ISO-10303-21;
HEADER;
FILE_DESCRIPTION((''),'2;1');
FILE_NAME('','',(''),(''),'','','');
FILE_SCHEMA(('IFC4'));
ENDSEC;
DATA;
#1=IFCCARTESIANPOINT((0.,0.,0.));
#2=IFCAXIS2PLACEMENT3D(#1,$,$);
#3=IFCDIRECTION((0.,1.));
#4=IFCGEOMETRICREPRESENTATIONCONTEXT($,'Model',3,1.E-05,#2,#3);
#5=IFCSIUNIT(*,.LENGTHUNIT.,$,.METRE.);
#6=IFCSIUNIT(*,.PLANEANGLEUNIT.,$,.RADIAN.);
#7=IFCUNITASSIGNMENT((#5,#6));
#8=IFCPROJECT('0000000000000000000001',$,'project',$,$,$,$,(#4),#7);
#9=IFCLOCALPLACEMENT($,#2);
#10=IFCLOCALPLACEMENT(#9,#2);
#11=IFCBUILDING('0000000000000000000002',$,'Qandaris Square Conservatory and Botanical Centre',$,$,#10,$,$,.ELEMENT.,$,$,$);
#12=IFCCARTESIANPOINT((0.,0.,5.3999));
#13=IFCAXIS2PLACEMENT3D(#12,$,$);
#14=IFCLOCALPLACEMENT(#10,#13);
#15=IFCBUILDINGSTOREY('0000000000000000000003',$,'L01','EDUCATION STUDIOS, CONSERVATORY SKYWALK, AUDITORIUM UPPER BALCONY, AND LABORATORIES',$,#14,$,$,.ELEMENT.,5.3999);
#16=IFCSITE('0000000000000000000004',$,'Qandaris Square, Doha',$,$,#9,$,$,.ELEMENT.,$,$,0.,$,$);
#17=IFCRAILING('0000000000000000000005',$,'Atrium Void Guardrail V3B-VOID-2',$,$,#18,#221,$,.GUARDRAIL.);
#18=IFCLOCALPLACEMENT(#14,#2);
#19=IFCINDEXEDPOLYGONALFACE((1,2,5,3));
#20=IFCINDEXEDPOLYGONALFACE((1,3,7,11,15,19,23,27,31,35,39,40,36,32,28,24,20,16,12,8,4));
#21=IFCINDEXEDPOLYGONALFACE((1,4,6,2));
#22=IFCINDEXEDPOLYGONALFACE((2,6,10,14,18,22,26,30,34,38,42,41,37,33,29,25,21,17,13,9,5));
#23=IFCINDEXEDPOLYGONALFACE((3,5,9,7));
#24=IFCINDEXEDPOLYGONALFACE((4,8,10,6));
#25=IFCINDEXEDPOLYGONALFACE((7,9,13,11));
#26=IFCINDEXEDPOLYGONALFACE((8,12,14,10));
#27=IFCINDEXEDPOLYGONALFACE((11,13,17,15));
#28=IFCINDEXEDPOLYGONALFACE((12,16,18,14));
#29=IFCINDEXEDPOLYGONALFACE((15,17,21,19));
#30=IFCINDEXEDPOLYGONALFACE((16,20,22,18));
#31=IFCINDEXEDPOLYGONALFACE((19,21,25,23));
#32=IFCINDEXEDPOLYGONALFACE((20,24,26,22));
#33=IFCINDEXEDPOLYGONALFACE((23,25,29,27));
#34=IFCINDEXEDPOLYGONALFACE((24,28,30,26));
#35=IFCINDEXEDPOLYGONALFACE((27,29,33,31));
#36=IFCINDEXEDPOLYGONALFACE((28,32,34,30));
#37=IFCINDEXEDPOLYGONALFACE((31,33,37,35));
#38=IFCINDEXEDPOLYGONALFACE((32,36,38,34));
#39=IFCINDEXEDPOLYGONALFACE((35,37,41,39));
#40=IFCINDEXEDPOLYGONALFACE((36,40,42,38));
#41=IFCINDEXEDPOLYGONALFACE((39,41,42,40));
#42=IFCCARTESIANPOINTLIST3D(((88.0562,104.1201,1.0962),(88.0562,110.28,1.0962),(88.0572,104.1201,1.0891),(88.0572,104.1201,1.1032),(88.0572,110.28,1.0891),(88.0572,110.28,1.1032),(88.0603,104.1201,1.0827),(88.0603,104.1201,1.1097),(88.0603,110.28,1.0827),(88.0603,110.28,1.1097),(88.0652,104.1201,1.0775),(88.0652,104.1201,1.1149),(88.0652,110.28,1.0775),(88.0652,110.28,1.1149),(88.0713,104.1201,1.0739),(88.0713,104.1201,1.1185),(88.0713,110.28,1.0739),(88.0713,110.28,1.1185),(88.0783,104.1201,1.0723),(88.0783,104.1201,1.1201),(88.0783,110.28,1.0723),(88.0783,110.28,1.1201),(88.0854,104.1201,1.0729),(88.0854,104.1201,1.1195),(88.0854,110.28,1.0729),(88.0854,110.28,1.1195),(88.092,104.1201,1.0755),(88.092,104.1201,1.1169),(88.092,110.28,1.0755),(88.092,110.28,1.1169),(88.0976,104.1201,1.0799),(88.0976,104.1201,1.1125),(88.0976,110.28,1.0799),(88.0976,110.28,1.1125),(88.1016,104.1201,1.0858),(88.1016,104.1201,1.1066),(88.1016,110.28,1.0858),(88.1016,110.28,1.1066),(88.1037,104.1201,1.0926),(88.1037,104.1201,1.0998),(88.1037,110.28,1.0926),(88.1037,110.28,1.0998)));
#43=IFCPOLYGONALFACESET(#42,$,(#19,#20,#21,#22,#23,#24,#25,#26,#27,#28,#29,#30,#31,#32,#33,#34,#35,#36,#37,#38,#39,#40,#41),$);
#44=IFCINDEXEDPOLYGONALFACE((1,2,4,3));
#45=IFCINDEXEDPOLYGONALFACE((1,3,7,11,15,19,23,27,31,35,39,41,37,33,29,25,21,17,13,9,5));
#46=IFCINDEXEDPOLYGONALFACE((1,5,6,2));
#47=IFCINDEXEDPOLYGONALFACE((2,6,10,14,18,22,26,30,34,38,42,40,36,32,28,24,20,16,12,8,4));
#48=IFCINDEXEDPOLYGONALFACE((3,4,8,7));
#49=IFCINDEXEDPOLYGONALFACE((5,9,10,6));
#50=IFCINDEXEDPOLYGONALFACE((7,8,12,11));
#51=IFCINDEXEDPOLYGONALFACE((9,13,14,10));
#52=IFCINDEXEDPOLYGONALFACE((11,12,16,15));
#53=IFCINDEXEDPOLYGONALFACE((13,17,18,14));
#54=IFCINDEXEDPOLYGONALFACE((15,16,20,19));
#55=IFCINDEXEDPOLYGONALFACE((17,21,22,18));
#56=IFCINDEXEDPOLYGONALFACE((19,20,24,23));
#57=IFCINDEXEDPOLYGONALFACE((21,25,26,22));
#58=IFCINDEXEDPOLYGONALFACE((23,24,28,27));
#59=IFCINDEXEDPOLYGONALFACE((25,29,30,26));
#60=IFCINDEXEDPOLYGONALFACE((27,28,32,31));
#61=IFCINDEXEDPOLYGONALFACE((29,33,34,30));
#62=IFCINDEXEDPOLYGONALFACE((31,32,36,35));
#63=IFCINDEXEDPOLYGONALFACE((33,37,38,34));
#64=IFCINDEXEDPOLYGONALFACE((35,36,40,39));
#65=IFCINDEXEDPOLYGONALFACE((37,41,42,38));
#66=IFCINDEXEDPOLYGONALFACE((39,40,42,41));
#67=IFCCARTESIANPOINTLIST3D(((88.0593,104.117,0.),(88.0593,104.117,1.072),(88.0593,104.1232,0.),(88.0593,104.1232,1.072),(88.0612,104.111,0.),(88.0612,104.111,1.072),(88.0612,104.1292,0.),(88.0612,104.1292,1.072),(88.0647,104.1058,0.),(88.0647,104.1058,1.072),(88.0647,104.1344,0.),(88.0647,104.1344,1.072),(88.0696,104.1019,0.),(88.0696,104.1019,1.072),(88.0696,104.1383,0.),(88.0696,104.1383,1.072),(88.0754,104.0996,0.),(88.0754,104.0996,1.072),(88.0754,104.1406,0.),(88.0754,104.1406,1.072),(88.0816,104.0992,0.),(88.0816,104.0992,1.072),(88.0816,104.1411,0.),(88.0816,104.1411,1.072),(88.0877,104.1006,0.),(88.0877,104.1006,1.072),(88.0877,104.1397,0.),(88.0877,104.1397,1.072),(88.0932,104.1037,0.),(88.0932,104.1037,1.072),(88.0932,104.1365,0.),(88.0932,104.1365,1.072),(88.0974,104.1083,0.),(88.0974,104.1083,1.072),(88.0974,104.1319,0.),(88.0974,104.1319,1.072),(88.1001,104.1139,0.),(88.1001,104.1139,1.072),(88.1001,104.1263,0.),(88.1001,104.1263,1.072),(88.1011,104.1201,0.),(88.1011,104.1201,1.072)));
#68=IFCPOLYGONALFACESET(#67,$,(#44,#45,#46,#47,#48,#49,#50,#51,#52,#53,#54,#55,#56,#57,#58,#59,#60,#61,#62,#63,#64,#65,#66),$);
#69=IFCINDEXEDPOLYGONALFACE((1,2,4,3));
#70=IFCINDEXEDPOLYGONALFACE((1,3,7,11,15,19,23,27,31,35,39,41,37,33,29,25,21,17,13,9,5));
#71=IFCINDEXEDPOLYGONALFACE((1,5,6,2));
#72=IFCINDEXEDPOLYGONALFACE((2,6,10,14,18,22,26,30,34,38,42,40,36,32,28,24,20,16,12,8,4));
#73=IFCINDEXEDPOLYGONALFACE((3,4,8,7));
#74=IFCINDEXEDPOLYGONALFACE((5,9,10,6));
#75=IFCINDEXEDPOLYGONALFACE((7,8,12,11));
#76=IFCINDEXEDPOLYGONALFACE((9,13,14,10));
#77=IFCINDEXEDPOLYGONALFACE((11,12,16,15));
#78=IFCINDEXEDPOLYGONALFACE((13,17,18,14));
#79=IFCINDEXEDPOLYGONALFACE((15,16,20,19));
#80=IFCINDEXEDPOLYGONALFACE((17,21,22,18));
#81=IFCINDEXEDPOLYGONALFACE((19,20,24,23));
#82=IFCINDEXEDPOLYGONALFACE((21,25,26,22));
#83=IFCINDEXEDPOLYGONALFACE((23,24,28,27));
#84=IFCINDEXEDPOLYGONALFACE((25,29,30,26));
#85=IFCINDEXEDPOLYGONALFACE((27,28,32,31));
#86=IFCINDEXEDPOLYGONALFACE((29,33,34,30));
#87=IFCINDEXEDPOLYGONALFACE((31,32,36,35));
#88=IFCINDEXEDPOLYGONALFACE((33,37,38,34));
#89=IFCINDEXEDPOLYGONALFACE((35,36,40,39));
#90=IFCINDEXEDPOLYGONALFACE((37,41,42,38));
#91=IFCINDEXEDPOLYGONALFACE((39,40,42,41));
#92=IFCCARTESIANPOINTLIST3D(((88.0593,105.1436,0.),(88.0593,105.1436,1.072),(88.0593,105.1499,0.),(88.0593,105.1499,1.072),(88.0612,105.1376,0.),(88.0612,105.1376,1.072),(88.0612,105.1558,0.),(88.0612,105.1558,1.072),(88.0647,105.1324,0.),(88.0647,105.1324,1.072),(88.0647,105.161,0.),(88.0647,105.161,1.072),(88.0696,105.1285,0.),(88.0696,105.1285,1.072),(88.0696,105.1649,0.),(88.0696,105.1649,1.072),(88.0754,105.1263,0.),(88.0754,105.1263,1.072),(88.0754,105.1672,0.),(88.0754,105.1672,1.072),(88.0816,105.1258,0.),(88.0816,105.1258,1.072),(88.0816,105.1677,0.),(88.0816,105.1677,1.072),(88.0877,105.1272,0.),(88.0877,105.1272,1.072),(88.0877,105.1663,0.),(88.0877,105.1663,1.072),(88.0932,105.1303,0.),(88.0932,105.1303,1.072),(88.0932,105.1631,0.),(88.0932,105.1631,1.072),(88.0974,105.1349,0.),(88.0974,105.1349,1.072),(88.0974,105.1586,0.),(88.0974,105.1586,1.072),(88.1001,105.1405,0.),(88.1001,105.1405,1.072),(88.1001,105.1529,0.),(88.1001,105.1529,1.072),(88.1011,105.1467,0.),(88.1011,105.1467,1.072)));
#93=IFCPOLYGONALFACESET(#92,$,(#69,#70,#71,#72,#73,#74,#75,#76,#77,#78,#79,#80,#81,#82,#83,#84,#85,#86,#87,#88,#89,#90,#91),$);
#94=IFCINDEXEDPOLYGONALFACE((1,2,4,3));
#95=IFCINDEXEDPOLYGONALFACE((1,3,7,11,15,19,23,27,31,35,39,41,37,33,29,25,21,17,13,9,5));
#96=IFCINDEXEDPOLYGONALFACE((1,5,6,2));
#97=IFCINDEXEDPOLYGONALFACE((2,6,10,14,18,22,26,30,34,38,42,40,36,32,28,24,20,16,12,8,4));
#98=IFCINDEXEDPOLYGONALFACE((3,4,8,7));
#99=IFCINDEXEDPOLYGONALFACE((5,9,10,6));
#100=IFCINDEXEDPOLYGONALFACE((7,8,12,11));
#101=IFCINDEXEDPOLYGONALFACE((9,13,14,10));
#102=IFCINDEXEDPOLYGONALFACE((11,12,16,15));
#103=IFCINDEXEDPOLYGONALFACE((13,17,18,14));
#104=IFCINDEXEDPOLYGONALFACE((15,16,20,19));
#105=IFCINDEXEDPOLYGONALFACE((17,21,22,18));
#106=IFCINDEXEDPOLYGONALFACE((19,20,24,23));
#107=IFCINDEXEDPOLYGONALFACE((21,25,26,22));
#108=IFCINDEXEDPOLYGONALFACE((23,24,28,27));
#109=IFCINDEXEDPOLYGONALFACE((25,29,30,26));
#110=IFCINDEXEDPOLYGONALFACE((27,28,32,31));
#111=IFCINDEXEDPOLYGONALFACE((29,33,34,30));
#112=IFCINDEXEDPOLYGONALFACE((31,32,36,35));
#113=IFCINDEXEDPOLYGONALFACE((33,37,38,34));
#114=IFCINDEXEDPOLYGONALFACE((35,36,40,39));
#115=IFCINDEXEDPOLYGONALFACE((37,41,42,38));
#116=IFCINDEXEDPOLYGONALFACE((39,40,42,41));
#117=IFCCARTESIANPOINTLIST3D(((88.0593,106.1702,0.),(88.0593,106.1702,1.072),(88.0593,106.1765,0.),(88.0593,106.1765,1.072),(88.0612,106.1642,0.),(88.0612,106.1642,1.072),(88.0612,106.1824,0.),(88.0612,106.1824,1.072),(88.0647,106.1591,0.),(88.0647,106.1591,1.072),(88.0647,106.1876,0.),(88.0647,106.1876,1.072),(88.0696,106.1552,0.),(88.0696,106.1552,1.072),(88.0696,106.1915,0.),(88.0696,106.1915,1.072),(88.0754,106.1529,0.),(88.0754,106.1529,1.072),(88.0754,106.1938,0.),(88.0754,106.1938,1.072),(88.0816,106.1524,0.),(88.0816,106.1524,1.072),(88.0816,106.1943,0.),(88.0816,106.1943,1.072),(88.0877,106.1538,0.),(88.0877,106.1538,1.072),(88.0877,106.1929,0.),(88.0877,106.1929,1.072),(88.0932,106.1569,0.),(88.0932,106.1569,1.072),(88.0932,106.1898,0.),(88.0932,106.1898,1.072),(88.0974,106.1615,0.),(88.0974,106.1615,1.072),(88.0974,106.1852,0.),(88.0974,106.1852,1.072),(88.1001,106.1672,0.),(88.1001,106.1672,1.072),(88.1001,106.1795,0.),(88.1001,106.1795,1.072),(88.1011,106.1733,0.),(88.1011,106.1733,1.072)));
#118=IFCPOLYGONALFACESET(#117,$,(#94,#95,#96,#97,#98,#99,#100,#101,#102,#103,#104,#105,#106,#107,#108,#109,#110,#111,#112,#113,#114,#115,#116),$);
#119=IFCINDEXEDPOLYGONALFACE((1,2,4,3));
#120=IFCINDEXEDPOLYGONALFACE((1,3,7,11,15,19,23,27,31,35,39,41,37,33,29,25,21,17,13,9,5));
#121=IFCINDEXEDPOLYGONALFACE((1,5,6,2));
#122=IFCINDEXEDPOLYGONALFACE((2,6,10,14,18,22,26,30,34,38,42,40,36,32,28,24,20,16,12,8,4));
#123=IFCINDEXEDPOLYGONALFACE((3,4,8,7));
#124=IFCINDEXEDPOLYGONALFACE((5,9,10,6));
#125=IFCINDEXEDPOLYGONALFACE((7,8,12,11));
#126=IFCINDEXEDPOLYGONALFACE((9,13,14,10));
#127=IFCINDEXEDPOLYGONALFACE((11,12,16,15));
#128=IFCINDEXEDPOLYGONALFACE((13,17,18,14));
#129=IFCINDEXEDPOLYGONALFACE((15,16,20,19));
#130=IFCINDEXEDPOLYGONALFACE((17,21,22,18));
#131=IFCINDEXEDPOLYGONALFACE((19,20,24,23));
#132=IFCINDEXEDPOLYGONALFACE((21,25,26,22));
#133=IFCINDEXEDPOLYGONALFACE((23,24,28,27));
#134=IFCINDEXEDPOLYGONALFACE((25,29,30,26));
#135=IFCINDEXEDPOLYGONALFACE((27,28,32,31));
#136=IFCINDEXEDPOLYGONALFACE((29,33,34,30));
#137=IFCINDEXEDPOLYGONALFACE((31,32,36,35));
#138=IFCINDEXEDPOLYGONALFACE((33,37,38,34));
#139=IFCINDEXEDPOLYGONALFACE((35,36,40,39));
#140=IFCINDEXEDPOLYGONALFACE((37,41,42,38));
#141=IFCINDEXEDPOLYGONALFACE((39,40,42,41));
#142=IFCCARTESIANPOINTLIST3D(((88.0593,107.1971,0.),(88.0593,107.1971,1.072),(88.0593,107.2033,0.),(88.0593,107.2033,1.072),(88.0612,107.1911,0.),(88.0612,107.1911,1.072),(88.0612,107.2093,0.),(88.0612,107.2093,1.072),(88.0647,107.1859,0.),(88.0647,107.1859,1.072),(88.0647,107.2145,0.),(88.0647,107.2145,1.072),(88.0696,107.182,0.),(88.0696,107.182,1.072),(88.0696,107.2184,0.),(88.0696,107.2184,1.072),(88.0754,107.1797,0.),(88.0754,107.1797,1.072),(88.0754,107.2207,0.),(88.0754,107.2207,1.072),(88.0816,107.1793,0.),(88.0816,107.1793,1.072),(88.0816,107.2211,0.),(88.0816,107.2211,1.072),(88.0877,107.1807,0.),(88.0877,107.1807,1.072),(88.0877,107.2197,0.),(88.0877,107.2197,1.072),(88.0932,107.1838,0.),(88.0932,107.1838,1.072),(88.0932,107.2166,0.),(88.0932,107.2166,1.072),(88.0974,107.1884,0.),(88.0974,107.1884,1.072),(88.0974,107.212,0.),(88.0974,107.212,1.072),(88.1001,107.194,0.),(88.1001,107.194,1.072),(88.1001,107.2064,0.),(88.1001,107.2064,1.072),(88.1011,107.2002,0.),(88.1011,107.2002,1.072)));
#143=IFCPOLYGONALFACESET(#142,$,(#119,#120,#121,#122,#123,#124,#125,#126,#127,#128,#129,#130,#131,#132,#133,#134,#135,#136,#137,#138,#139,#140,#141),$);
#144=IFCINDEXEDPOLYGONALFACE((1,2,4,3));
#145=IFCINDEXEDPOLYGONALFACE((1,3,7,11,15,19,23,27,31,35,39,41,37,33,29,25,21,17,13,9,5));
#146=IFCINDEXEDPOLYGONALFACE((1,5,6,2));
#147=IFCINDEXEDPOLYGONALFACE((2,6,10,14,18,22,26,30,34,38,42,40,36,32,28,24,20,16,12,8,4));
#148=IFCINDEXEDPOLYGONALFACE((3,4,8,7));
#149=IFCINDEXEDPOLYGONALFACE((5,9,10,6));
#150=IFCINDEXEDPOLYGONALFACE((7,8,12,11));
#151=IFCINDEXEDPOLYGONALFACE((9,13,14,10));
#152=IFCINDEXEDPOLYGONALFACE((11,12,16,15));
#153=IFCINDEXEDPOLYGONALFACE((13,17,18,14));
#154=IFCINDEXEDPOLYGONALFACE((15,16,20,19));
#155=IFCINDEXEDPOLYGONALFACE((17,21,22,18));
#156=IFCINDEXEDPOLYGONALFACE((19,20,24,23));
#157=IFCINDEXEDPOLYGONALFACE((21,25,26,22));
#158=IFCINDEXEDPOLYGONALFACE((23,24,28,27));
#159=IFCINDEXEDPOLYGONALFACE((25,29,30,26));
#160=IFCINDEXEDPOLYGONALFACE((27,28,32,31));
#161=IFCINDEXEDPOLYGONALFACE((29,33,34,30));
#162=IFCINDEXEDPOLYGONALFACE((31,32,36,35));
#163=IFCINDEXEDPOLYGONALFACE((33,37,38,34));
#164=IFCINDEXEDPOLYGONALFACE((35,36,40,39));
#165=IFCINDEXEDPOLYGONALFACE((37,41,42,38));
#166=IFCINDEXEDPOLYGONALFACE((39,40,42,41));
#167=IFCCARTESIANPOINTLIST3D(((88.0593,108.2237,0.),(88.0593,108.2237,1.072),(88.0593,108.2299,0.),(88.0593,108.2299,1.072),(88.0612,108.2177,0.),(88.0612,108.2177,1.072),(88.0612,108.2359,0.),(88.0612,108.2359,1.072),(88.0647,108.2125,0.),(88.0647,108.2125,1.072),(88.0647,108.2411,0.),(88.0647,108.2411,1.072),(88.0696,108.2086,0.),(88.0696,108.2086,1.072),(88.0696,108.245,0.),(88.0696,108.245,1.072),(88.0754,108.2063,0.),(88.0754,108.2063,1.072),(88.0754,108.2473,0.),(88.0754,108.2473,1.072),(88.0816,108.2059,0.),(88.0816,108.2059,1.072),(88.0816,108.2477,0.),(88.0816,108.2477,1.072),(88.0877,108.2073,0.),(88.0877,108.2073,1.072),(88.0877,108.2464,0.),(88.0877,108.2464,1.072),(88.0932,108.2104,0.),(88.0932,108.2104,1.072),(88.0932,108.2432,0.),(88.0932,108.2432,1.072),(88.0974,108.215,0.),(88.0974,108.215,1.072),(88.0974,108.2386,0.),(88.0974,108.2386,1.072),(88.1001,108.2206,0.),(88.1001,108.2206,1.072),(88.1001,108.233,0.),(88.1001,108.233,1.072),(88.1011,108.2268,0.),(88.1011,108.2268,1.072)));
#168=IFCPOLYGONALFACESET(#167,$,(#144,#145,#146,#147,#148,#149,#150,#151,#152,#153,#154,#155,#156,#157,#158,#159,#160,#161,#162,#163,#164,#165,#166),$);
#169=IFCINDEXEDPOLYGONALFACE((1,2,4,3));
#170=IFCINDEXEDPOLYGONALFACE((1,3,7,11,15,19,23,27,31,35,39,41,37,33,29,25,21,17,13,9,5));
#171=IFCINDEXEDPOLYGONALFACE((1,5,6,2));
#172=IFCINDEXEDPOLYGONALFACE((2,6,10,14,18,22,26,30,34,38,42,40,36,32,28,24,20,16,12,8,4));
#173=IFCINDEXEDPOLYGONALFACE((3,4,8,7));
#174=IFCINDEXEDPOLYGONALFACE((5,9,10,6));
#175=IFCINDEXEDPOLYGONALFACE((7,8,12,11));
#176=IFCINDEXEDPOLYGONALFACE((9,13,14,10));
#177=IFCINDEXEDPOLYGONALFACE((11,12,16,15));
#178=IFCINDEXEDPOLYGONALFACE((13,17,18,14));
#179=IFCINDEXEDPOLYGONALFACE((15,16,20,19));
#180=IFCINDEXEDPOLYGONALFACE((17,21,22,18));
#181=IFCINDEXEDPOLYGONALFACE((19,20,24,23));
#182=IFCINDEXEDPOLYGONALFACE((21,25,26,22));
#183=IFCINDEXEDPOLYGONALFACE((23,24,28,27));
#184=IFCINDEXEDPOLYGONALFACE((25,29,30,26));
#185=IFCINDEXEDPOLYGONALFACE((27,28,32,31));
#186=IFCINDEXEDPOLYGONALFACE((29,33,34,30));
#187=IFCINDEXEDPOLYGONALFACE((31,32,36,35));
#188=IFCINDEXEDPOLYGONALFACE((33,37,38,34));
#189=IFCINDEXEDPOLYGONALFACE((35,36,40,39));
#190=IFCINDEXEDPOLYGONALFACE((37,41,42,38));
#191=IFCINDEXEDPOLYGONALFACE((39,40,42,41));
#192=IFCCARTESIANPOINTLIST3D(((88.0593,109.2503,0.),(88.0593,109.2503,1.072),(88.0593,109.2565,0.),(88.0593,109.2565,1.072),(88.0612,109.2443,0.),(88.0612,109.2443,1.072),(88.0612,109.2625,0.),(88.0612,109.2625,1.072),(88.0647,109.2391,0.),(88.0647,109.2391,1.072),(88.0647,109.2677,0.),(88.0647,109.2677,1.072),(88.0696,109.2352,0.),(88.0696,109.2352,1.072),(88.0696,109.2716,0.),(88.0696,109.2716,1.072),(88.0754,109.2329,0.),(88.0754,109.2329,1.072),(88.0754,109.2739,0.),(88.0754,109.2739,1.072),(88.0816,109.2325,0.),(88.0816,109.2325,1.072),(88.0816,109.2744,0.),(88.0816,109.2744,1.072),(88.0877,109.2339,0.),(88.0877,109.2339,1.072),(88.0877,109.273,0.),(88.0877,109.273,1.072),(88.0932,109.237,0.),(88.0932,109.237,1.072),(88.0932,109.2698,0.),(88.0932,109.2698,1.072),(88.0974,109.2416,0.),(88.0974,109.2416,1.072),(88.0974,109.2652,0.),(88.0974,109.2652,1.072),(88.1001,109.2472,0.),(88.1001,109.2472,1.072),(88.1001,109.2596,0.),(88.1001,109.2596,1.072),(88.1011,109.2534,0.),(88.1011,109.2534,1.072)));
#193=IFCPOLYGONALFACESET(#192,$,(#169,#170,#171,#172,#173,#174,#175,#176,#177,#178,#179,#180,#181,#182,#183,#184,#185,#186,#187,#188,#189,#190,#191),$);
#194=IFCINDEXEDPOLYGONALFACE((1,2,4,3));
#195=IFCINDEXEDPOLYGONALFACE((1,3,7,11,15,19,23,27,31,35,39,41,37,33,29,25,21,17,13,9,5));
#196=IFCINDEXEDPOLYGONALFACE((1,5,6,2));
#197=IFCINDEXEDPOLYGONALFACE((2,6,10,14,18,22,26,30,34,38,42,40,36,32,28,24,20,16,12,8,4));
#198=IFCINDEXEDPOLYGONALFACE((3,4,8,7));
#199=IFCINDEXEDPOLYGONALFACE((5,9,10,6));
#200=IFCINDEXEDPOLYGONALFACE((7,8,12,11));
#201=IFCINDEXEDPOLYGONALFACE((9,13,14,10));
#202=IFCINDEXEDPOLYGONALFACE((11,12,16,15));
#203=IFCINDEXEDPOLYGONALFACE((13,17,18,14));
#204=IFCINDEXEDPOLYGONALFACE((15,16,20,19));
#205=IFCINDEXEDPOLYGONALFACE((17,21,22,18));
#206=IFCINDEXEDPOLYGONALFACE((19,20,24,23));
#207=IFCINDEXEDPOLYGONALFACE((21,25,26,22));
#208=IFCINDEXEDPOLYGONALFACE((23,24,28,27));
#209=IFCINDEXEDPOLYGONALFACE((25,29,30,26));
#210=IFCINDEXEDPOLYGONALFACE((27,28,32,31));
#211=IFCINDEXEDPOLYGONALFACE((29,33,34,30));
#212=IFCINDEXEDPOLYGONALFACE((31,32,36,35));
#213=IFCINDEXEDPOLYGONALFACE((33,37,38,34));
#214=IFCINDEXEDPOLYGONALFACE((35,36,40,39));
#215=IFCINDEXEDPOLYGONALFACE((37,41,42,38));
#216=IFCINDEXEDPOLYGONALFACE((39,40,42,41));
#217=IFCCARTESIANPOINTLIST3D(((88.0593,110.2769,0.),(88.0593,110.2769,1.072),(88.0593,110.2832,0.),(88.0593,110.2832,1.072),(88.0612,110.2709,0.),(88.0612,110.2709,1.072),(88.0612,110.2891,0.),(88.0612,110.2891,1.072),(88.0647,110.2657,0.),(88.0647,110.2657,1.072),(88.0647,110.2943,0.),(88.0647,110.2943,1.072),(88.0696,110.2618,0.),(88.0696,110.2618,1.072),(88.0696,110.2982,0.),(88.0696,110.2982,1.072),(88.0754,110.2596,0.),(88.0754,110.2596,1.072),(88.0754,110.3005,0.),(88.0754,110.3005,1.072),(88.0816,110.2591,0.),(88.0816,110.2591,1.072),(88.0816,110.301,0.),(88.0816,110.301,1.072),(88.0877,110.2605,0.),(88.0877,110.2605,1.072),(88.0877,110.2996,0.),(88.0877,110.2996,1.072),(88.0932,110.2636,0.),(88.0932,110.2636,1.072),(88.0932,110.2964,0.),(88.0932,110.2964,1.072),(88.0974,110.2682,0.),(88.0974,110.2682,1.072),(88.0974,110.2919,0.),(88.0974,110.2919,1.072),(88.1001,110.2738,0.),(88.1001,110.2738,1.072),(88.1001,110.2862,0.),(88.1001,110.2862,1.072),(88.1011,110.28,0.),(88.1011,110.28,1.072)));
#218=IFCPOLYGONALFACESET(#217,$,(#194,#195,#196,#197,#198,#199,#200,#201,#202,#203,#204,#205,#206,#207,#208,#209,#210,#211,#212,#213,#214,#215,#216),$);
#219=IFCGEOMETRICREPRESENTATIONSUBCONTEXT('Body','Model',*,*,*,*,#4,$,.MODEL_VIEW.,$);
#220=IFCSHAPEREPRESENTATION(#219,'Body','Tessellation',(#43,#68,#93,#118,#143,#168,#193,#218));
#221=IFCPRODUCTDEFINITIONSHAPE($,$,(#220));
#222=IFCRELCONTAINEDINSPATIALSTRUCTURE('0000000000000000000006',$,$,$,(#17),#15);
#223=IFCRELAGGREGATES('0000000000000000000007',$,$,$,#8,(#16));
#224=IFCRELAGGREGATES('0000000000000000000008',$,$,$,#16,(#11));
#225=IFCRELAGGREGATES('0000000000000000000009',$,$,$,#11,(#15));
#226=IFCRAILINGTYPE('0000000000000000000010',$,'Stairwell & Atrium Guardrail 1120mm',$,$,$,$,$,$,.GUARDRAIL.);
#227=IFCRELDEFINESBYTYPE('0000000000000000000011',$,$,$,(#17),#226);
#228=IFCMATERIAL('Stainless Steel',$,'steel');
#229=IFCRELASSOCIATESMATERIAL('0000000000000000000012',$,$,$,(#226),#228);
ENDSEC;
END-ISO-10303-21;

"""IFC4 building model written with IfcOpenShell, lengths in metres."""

from ifc_helpers import new_model, si_unit, direction, frame, origin, origin_2d, place, context, subcontext, project, spatial, circle, extrude, material, type_object, element, save


model = new_model("IFC4")

# Units and contexts
model_context = context("Model", 3, precision=1e-05, world=origin(), true_north=direction((0.0, 1.0)))
body_context = subcontext(model_context, "Body", "Model", "MODEL_VIEW")
ifc_project = project(units=[si_unit("LENGTHUNIT", "METRE"), si_unit("PLANEANGLEUNIT", "RADIAN")], contexts=[model_context])

# Site, building, storey
site_placement = place(None, origin())
site = spatial("IfcSite", under=ifc_project, at=site_placement, Name="Qandaris Square, Doha", CompositionType="ELEMENT", RefElevation=0.0)
building_placement = place(site_placement, origin())
building = spatial("IfcBuilding", under=site, at=building_placement, Name="Qandaris Square Conservatory and Botanical Centre", CompositionType="ELEMENT")
storey_placement = place(building_placement, frame((0.0, 0.0, 5.3999)))
storey = spatial("IfcBuildingStorey", under=building, at=storey_placement, Name="L01", Description="EDUCATION STUDIOS, CONSERVATORY SKYWALK, AUDITORIUM UPPER BALCONY, AND LABORATORIES", CompositionType="ELEMENT", Elevation=5.3999)

# Railing
ifc_material_1 = material(Name="Stainless Steel", Category="steel")
railing_type = type_object("IfcRailingType", Name="Stairwell & Atrium Guardrail 1120mm", PredefinedType="GUARDRAIL", material=ifc_material_1)
railing_1_placement = place(storey_placement, frame((88.0801, 104.1201, 0.0)))
element("IfcRailing", 1, at=railing_1_placement, inside=storey, type_object=railing_type, Name="Atrium Void Guardrail V3B-VOID-2", PredefinedType="GUARDRAIL", context=body_context, shape_type="SweptSolid", body=[
    extrude(circle(Radius=0.0239, at=origin_2d()), frame((0.0, 0.0, 1.0962), z_axis=(0.0, 1.0, 0.0), x_axis=(-1.0, 0.0, 0.0)), (0.0, 0.0, 1.0), 6.1599),
    extrude(circle(Radius=0.021, at=origin_2d()), origin(), (0.0, 0.0, 1.0), 1.072),
    extrude(circle(Radius=0.021, at=origin_2d()), frame((0.0, 1.0266, 0.0)), (0.0, 0.0, 1.0), 1.072),
    extrude(circle(Radius=0.021, at=origin_2d()), frame((0.0, 2.0532, 0.0)), (0.0, 0.0, 1.0), 1.072),
    extrude(circle(Radius=0.021, at=origin_2d()), frame((0.0, 3.0801, 0.0)), (0.0, 0.0, 1.0), 1.072),
    extrude(circle(Radius=0.021, at=origin_2d()), frame((0.0, 4.1067, 0.0)), (0.0, 0.0, 1.0), 1.072),
    extrude(circle(Radius=0.021, at=origin_2d()), frame((0.0, 5.1333, 0.0)), (0.0, 0.0, 1.0), 1.072),
    extrude(circle(Radius=0.021, at=origin_2d()), frame((0.0, 6.1599, 0.0)), (0.0, 0.0, 1.0), 1.072),
])

save(model, "model.ifc")
